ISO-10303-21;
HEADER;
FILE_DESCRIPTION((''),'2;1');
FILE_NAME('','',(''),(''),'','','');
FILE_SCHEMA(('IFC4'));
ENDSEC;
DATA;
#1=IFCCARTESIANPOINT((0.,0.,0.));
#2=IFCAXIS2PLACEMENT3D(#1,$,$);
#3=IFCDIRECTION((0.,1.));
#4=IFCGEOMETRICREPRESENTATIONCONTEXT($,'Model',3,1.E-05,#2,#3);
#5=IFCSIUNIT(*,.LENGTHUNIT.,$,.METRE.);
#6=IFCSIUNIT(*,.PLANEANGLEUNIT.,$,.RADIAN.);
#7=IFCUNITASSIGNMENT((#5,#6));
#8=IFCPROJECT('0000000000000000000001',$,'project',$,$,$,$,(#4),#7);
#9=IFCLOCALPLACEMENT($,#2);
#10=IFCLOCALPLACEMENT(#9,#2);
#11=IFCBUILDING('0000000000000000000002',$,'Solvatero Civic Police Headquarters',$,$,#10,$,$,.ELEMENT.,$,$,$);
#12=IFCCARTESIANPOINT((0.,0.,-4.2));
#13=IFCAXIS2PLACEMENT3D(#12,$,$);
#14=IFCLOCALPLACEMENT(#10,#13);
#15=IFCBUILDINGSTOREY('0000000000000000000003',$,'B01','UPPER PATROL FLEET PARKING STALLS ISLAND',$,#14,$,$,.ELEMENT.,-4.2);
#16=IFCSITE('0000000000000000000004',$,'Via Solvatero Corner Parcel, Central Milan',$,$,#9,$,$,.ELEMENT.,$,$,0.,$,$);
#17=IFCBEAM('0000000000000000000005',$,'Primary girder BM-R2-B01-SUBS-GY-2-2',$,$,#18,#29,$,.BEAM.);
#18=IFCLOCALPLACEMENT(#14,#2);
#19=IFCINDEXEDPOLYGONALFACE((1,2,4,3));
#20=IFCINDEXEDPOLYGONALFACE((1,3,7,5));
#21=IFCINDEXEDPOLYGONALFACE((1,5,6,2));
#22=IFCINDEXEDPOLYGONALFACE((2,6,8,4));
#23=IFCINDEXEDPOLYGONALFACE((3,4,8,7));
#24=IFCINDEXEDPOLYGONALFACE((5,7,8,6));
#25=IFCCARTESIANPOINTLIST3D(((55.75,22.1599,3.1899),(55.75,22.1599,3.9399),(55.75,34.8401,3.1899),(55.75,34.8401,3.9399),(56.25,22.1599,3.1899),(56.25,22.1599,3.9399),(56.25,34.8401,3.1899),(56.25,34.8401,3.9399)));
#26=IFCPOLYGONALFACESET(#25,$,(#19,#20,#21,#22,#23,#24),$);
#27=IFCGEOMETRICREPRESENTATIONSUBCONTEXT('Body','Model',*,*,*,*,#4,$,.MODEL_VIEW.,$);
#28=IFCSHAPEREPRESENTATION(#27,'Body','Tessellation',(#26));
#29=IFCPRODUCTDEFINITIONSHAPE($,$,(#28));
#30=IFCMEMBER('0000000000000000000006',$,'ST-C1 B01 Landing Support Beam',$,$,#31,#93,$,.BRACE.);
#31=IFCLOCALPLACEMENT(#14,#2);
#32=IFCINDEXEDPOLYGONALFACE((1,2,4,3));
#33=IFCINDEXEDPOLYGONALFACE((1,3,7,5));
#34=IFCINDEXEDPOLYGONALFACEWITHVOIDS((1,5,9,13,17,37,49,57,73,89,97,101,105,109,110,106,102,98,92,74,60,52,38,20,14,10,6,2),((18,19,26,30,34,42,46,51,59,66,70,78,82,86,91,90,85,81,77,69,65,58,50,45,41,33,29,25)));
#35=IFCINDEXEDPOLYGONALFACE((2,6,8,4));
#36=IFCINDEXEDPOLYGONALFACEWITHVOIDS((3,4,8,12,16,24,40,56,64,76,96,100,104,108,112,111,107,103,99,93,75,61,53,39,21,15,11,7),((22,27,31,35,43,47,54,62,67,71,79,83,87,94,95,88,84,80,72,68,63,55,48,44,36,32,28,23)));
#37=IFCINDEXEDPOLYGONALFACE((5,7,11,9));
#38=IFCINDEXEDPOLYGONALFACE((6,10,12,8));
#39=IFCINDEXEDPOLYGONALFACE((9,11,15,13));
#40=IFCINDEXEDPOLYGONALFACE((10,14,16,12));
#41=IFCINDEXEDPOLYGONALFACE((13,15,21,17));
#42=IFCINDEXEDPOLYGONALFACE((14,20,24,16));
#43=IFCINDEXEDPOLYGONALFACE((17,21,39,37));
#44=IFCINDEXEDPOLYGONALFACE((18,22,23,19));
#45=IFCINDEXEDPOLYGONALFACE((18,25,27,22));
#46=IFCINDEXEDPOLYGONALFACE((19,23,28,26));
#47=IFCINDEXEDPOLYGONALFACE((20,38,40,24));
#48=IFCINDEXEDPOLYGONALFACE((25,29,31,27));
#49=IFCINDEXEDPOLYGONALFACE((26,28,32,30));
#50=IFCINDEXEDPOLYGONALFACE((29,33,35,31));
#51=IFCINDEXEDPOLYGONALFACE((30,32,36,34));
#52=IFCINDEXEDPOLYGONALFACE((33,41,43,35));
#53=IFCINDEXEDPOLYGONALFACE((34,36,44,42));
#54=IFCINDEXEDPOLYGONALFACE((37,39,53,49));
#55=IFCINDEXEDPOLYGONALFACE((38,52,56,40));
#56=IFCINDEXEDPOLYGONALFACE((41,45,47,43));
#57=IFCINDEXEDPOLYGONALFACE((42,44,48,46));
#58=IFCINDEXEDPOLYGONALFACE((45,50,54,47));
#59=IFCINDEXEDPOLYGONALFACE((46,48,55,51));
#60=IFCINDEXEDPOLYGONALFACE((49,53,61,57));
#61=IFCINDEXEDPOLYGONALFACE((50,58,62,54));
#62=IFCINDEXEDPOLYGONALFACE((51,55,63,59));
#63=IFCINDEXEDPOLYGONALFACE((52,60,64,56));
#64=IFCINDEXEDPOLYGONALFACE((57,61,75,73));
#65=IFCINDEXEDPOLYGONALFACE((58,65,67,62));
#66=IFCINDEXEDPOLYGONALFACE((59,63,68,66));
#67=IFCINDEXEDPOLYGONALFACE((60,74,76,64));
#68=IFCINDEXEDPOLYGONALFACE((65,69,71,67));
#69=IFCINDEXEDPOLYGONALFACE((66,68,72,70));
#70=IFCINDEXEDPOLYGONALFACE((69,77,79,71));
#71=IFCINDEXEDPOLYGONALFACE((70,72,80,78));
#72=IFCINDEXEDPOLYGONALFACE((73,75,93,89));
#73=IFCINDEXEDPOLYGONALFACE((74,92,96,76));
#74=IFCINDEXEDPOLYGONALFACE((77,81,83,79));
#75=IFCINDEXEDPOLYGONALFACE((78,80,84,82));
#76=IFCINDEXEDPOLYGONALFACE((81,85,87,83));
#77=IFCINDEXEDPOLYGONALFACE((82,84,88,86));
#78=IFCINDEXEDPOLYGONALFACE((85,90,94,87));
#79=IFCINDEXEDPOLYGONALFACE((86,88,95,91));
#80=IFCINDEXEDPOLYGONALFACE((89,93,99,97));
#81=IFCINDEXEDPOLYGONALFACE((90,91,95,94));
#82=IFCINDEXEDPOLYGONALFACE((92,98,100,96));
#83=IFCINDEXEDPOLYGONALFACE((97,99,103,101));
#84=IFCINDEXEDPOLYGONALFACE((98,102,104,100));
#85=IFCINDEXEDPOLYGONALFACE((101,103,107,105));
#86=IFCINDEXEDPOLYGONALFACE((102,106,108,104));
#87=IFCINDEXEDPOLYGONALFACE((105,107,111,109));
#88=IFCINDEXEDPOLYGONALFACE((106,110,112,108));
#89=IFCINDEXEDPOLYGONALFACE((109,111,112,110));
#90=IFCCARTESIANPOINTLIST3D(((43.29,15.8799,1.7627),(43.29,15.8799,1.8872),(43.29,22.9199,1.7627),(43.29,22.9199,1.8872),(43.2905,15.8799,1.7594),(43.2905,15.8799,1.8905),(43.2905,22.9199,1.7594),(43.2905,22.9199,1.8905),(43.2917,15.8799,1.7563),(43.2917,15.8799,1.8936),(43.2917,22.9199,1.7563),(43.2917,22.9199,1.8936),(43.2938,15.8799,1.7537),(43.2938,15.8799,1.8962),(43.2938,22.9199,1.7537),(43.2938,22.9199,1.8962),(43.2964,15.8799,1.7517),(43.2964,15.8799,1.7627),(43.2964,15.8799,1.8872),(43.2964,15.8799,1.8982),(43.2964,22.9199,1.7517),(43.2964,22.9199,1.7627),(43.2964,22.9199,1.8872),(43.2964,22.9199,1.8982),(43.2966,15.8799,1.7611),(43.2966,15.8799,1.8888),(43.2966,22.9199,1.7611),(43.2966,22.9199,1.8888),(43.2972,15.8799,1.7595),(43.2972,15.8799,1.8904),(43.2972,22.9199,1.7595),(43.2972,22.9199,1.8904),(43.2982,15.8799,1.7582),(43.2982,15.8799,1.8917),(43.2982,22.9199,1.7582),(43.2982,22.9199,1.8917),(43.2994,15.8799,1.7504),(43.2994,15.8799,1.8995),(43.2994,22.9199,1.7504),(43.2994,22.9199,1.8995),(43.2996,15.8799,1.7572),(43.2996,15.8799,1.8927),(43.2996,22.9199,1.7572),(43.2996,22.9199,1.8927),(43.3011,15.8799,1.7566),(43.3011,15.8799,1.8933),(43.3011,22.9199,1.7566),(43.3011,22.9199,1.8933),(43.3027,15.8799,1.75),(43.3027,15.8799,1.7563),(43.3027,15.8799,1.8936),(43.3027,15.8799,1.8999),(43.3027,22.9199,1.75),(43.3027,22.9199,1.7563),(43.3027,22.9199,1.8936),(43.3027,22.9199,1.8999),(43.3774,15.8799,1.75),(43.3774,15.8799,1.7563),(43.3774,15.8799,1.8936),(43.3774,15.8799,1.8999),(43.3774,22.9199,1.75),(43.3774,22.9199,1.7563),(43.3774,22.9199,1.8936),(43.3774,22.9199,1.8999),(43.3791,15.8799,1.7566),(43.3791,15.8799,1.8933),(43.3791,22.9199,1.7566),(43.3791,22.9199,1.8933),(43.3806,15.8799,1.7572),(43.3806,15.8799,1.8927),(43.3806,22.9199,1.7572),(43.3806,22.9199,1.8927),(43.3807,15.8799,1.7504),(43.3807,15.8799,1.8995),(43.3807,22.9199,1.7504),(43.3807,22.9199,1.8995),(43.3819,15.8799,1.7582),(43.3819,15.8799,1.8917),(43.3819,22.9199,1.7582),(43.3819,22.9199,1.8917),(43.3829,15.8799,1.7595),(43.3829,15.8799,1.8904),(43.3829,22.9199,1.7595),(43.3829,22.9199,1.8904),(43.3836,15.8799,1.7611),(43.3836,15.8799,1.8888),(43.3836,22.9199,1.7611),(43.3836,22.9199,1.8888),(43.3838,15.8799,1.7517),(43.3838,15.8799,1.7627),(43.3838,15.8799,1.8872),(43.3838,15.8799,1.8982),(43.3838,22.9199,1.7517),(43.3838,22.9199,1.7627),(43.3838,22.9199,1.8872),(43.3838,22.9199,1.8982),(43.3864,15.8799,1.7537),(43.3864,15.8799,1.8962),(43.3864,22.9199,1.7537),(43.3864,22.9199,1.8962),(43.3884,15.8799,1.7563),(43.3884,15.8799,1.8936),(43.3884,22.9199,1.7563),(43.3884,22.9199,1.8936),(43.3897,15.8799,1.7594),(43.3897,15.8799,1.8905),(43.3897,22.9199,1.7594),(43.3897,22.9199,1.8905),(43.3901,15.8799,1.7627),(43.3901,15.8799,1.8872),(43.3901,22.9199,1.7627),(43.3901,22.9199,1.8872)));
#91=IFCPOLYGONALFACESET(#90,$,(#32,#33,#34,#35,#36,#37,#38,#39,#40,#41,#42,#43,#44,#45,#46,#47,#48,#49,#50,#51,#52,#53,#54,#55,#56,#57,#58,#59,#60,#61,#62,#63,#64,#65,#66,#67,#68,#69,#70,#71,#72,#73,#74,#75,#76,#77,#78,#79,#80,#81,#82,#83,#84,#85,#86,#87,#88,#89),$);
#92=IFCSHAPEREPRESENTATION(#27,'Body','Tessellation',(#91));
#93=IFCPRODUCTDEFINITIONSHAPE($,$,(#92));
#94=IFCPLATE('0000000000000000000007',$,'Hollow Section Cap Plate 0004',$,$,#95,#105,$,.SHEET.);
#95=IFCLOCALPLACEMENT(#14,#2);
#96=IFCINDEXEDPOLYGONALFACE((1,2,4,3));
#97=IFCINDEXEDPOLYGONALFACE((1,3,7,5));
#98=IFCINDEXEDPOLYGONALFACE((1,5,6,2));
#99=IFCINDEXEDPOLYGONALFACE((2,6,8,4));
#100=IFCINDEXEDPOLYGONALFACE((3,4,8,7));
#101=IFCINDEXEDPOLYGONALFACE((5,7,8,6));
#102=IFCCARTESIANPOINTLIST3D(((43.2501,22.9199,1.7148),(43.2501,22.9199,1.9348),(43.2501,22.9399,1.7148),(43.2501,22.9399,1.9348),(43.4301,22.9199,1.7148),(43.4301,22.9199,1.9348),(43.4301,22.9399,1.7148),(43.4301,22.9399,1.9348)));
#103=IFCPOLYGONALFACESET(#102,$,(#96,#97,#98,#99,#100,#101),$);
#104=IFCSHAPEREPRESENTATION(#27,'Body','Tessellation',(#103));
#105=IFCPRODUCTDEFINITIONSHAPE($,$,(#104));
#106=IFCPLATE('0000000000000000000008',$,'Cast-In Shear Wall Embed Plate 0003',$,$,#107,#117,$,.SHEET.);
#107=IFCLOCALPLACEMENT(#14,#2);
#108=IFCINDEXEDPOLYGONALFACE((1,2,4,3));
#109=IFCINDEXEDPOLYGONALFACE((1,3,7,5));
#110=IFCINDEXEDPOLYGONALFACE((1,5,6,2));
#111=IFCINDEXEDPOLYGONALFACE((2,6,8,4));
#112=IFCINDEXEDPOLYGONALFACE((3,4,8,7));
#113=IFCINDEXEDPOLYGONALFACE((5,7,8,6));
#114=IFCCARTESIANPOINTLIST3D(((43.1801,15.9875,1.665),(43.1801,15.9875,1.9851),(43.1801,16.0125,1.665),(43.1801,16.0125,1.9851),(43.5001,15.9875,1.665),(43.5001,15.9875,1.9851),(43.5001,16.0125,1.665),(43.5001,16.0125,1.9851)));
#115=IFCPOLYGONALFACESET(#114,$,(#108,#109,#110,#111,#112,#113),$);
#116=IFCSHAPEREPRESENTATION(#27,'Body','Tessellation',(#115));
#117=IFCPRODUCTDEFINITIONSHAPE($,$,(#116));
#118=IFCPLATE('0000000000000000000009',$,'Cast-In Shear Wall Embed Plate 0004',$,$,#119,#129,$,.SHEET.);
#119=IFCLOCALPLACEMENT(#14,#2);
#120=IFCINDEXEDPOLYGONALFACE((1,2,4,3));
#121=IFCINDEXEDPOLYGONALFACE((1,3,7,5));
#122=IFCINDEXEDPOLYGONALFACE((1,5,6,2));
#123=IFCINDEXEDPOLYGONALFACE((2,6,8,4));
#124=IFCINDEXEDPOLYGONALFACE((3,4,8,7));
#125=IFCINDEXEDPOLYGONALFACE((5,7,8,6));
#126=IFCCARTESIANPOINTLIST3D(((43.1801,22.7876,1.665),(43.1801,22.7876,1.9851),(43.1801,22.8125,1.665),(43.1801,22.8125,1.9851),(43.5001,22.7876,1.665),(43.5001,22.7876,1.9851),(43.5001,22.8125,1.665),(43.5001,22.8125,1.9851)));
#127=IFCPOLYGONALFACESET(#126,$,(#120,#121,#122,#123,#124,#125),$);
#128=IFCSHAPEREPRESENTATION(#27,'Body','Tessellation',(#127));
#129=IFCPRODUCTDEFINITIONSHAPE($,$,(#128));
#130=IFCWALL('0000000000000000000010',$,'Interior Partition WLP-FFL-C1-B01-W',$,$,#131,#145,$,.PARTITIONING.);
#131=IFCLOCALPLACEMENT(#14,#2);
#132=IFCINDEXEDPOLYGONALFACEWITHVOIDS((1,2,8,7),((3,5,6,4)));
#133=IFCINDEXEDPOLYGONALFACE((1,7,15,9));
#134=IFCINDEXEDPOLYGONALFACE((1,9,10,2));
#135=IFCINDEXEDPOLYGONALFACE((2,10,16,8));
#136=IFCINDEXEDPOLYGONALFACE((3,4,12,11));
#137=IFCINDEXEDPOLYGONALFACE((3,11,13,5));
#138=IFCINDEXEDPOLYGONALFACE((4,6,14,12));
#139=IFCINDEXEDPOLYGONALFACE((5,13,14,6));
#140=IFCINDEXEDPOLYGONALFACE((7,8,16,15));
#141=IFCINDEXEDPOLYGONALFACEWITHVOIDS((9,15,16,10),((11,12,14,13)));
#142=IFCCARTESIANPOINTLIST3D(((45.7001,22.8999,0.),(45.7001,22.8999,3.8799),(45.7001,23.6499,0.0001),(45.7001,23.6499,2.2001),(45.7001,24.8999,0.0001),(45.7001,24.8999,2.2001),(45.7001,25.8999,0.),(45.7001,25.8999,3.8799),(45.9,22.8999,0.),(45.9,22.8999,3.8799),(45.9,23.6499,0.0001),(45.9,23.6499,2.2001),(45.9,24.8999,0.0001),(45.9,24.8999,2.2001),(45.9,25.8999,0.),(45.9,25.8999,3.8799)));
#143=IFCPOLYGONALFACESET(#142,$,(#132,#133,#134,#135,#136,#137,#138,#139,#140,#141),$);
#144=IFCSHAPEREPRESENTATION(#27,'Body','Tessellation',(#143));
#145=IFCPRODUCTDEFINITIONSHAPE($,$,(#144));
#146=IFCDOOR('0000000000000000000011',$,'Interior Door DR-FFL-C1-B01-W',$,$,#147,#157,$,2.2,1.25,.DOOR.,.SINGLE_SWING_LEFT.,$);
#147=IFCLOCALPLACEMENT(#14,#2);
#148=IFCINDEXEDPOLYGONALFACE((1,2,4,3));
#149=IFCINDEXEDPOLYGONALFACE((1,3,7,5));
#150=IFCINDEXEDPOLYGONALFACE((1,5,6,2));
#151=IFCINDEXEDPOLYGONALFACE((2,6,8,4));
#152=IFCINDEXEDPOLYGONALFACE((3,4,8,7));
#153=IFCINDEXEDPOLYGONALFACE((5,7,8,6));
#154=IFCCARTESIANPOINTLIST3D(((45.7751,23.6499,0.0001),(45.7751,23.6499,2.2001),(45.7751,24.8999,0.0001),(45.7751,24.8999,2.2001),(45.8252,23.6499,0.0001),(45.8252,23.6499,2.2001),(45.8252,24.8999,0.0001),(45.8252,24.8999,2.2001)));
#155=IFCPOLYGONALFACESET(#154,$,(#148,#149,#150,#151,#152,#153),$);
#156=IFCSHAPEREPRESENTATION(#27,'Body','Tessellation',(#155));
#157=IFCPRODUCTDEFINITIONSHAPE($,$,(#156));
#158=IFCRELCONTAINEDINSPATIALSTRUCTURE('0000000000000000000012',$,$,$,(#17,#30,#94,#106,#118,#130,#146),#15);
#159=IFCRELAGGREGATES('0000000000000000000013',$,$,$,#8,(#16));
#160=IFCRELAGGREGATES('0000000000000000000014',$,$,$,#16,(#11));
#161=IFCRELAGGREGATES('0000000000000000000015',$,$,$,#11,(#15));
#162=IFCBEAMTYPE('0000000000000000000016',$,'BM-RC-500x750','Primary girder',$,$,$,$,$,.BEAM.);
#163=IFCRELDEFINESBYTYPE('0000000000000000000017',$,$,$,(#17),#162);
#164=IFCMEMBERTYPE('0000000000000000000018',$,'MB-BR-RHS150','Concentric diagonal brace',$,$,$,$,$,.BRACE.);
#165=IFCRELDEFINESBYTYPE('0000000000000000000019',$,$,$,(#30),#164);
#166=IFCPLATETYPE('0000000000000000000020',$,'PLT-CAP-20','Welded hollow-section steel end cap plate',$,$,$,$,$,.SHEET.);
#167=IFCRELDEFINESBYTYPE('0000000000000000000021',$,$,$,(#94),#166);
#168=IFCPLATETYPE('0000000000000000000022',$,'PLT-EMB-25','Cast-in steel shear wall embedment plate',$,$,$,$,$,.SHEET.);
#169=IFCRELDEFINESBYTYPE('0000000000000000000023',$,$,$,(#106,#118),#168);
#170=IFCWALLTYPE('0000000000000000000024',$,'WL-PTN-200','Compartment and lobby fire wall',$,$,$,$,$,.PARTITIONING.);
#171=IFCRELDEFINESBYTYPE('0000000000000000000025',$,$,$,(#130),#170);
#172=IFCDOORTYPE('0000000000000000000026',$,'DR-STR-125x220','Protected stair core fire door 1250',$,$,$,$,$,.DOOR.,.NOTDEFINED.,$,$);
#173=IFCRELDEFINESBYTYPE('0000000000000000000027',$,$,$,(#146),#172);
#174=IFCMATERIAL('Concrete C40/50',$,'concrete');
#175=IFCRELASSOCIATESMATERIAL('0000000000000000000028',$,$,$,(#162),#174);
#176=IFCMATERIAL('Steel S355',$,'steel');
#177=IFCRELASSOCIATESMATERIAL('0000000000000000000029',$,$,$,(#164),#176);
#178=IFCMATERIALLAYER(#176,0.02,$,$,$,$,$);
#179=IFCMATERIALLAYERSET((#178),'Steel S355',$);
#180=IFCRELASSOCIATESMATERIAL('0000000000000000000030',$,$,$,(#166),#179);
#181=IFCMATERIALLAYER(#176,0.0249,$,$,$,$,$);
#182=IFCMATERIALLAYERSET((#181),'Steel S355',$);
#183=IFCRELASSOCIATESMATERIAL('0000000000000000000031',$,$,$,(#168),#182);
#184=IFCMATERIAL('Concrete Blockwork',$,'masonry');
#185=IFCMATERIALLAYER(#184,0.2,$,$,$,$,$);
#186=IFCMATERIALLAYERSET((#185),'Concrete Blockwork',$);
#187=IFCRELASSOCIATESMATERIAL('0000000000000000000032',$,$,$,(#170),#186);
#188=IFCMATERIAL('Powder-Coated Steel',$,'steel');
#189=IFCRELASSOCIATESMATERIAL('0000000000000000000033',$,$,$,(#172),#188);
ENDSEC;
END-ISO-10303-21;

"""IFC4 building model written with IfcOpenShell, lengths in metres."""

from ifc_helpers import new_model, si_unit, direction, frame, frame_2d, origin, origin_2d, place, context, subcontext, project, spatial, rectangle, hollow_rectangle, extrude, material, layer, layer_set, material_profile, profile_set, type_object, element, fill, save


model = new_model("IFC4")

# Units and contexts
model_context = context("Model", 3, precision=1e-05, world=origin(), true_north=direction((0.0, 1.0)))
body_context = subcontext(model_context, "Body", "Model", "MODEL_VIEW")
ifc_project = project(units=[si_unit("LENGTHUNIT", "METRE"), si_unit("PLANEANGLEUNIT", "RADIAN")], contexts=[model_context])

# Site, building, storey
site_placement = place(None, origin())
site = spatial("IfcSite", under=ifc_project, at=site_placement, Name="Via Solvatero Corner Parcel, Central Milan", CompositionType="ELEMENT", RefElevation=0.0)
building_placement = place(site_placement, origin())
building = spatial("IfcBuilding", under=site, at=building_placement, Name="Solvatero Civic Police Headquarters", CompositionType="ELEMENT")
storey_placement = place(building_placement, frame((0.0, 0.0, -4.2)))
storey = spatial("IfcBuildingStorey", under=building, at=storey_placement, Name="B01", Description="UPPER PATROL FLEET PARKING STALLS ISLAND", CompositionType="ELEMENT", Elevation=-4.2)

# Shared definitions
ifc_material_1 = material(Name="Concrete C40/50", Category="concrete")

# Beam
ifc_material_profile_1 = material_profile(ifc_material_1, rectangle(XDim=0.5, YDim=0.75, at=origin_2d()), Name="RC 500x750")
ifc_profile_set_1 = profile_set([ifc_material_profile_1], Name="Concrete C40/50")
beam_type_1 = type_object("IfcBeamType", Name="BM-RC-500x750", Description="Primary girder", PredefinedType="BEAM", material=ifc_profile_set_1)
beam_1_placement = place(storey_placement, frame((56.0, 22.1599, 3.5649), z_axis=(0.0, 1.0, 0.0), x_axis=(-1.0, 0.0, 0.0)))
element("IfcBeam", 1, at=beam_1_placement, inside=storey, type_object=beam_type_1, Name="Primary girder BM-R2-B01-SUBS-GY-2-2", PredefinedType="BEAM", context=body_context, shape_type="SweptSolid", body=[
    extrude(rectangle(XDim=0.5, YDim=0.75, at=origin_2d()), origin(), (0.0, 0.0, 1.0), 12.6802),
])

# Member
ifc_material_2 = material(Name="Steel S355", Category="steel")
ifc_material_profile_2 = material_profile(ifc_material_2, hollow_rectangle(XDim=0.1001, YDim=0.1499, WallThickness=0.0063, InnerFilletRadius=0.0063, OuterFilletRadius=0.0127, at=origin_2d()), Name="RHS 150x100x6.3")
ifc_profile_set_2 = profile_set([ifc_material_profile_2], Name="Steel S355")
member_type = type_object("IfcMemberType", Name="MB-BR-RHS150", Description="Concentric diagonal brace", PredefinedType="BRACE", material=ifc_profile_set_2)
member_placement = place(storey_placement, frame((43.3401, 15.8799, 1.825), z_axis=(0.0, 1.0, 0.0), x_axis=(-1.0, 0.0, 0.0)))
element("IfcMember", 2, at=member_placement, inside=storey, type_object=member_type, Name="ST-C1 B01 Landing Support Beam", PredefinedType="BRACE", context=body_context, shape_type="SweptSolid", body=[
    extrude(hollow_rectangle(XDim=0.1001, YDim=0.1499, WallThickness=0.0063, InnerFilletRadius=0.0063, OuterFilletRadius=0.0127, at=origin_2d()), origin(), (0.0, 0.0, 1.0), 7.04),
])

# Plates
ifc_layer_1 = layer(ifc_material_2, 0.02)
ifc_layer_set_1 = layer_set([ifc_layer_1], Name="Steel S355")
plate_type_1 = type_object("IfcPlateType", Name="PLT-CAP-20", Description="Welded hollow-section steel end cap plate", PredefinedType="SHEET", material=ifc_layer_set_1)
plate_placement = place(storey_placement, frame((43.3401, 22.9299, 1.7148), z_axis=(0.0, 0.0, 1.0), x_axis=(1.0, 0.0, 0.0)))
element("IfcPlate", 3, at=plate_placement, inside=storey, type_object=plate_type_1, Name="Hollow Section Cap Plate 0004", PredefinedType="SHEET", context=body_context, shape_type="SweptSolid", body=[
    extrude(rectangle(XDim=0.1799, YDim=0.02, at=origin_2d()), origin(), (0.0, 0.0, 1.0), 0.22),
])
ifc_layer_2 = layer(ifc_material_2, 0.0249)
ifc_layer_set_2 = layer_set([ifc_layer_2], Name="Steel S355")
plate_type_2 = type_object("IfcPlateType", Name="PLT-EMB-25", Description="Cast-in steel shear wall embedment plate", PredefinedType="SHEET", material=ifc_layer_set_2)
for number, where, z_axis, x_axis, name in (
    (4, (43.3401, 16.0, 1.665), (0.0, 0.0, 1.0), (1.0, 0.0, 0.0), "Cast-In Shear Wall Embed Plate 0003"),
    (5, (43.3401, 22.8, 1.665), (0.0, 0.0, 1.0), (1.0, 0.0, 0.0), "Cast-In Shear Wall Embed Plate 0004"),
):
    element("IfcPlate", number, at=place(storey_placement, frame(where, z_axis=z_axis, x_axis=x_axis)), inside=storey, type_object=plate_type_2, Name=name, PredefinedType="SHEET", context=body_context, shape_type="SweptSolid", body=[
        extrude(rectangle(XDim=0.3201, YDim=0.0249, at=origin_2d()), origin(), (0.0, 0.0, 1.0), 0.3201),
    ])

# Wall, opening, door
ifc_material_3 = material(Name="Concrete Blockwork", Category="masonry")
ifc_layer_3 = layer(ifc_material_3, 0.2)
ifc_layer_set_3 = layer_set([ifc_layer_3], Name="Concrete Blockwork")
wall_type_1 = type_object("IfcWallType", Name="WL-PTN-200", Description="Compartment and lobby fire wall", PredefinedType="PARTITIONING", material=ifc_layer_set_3)
wall_1_placement = place(storey_placement, frame((45.8, 22.8999, 0.0), z_axis=(0.0, 0.0, 1.0), x_axis=(0.0, 1.0, 0.0)))
wall_1 = element("IfcWall", 6, at=wall_1_placement, inside=storey, type_object=wall_type_1, Name="Interior Partition WLP-FFL-C1-B01-W", PredefinedType="PARTITIONING", context=body_context, shape_type="SweptSolid", body=[
    extrude(rectangle(XDim=3.0, YDim=0.2, at=frame_2d((1.5, 0.0))), origin(), (0.0, 0.0, 1.0), 3.8799),
])
opening_1_placement = place(wall_1_placement, frame((0.75, 0.0, 0.0)))
opening_1 = element("IfcOpeningElement", 7, at=opening_1_placement, cuts=wall_1, PredefinedType="OPENING", context=body_context, shape_type="SweptSolid", body=[
    extrude(rectangle(XDim=1.25, YDim=2.2, at=frame_2d((0.625, 1.1001))), frame((0.0, 0.1099, 0.0), z_axis=(0.0, -1.0, 0.0), x_axis=(1.0, 0.0, 0.0)), (0.0, 0.0, 1.0), 0.22),
])
ifc_material_4 = material(Name="Powder-Coated Steel", Category="steel")
door_type_1 = type_object("IfcDoorType", Name="DR-STR-125x220", Description="Protected stair core fire door 1250", OperationType="NOTDEFINED", PredefinedType="DOOR", material=ifc_material_4)
door_1_placement = place(opening_1_placement, origin())
door_1 = element("IfcDoor", 8, at=door_1_placement, inside=storey, type_object=door_type_1, Name="Interior Door DR-FFL-C1-B01-W", OperationType="SINGLE_SWING_LEFT", OverallHeight=2.2, OverallWidth=1.25, PredefinedType="DOOR", context=body_context, shape_type="SweptSolid", body=[
    extrude(rectangle(XDim=1.25, YDim=2.2, at=frame_2d((0.625, 1.1001))), frame((0.0, 0.0249, 0.0), z_axis=(0.0, -1.0, 0.0), x_axis=(1.0, 0.0, 0.0)), (0.0, 0.0, 1.0), 0.05),
])
fill(opening_1, door_1)

save(model, "model.ifc")
